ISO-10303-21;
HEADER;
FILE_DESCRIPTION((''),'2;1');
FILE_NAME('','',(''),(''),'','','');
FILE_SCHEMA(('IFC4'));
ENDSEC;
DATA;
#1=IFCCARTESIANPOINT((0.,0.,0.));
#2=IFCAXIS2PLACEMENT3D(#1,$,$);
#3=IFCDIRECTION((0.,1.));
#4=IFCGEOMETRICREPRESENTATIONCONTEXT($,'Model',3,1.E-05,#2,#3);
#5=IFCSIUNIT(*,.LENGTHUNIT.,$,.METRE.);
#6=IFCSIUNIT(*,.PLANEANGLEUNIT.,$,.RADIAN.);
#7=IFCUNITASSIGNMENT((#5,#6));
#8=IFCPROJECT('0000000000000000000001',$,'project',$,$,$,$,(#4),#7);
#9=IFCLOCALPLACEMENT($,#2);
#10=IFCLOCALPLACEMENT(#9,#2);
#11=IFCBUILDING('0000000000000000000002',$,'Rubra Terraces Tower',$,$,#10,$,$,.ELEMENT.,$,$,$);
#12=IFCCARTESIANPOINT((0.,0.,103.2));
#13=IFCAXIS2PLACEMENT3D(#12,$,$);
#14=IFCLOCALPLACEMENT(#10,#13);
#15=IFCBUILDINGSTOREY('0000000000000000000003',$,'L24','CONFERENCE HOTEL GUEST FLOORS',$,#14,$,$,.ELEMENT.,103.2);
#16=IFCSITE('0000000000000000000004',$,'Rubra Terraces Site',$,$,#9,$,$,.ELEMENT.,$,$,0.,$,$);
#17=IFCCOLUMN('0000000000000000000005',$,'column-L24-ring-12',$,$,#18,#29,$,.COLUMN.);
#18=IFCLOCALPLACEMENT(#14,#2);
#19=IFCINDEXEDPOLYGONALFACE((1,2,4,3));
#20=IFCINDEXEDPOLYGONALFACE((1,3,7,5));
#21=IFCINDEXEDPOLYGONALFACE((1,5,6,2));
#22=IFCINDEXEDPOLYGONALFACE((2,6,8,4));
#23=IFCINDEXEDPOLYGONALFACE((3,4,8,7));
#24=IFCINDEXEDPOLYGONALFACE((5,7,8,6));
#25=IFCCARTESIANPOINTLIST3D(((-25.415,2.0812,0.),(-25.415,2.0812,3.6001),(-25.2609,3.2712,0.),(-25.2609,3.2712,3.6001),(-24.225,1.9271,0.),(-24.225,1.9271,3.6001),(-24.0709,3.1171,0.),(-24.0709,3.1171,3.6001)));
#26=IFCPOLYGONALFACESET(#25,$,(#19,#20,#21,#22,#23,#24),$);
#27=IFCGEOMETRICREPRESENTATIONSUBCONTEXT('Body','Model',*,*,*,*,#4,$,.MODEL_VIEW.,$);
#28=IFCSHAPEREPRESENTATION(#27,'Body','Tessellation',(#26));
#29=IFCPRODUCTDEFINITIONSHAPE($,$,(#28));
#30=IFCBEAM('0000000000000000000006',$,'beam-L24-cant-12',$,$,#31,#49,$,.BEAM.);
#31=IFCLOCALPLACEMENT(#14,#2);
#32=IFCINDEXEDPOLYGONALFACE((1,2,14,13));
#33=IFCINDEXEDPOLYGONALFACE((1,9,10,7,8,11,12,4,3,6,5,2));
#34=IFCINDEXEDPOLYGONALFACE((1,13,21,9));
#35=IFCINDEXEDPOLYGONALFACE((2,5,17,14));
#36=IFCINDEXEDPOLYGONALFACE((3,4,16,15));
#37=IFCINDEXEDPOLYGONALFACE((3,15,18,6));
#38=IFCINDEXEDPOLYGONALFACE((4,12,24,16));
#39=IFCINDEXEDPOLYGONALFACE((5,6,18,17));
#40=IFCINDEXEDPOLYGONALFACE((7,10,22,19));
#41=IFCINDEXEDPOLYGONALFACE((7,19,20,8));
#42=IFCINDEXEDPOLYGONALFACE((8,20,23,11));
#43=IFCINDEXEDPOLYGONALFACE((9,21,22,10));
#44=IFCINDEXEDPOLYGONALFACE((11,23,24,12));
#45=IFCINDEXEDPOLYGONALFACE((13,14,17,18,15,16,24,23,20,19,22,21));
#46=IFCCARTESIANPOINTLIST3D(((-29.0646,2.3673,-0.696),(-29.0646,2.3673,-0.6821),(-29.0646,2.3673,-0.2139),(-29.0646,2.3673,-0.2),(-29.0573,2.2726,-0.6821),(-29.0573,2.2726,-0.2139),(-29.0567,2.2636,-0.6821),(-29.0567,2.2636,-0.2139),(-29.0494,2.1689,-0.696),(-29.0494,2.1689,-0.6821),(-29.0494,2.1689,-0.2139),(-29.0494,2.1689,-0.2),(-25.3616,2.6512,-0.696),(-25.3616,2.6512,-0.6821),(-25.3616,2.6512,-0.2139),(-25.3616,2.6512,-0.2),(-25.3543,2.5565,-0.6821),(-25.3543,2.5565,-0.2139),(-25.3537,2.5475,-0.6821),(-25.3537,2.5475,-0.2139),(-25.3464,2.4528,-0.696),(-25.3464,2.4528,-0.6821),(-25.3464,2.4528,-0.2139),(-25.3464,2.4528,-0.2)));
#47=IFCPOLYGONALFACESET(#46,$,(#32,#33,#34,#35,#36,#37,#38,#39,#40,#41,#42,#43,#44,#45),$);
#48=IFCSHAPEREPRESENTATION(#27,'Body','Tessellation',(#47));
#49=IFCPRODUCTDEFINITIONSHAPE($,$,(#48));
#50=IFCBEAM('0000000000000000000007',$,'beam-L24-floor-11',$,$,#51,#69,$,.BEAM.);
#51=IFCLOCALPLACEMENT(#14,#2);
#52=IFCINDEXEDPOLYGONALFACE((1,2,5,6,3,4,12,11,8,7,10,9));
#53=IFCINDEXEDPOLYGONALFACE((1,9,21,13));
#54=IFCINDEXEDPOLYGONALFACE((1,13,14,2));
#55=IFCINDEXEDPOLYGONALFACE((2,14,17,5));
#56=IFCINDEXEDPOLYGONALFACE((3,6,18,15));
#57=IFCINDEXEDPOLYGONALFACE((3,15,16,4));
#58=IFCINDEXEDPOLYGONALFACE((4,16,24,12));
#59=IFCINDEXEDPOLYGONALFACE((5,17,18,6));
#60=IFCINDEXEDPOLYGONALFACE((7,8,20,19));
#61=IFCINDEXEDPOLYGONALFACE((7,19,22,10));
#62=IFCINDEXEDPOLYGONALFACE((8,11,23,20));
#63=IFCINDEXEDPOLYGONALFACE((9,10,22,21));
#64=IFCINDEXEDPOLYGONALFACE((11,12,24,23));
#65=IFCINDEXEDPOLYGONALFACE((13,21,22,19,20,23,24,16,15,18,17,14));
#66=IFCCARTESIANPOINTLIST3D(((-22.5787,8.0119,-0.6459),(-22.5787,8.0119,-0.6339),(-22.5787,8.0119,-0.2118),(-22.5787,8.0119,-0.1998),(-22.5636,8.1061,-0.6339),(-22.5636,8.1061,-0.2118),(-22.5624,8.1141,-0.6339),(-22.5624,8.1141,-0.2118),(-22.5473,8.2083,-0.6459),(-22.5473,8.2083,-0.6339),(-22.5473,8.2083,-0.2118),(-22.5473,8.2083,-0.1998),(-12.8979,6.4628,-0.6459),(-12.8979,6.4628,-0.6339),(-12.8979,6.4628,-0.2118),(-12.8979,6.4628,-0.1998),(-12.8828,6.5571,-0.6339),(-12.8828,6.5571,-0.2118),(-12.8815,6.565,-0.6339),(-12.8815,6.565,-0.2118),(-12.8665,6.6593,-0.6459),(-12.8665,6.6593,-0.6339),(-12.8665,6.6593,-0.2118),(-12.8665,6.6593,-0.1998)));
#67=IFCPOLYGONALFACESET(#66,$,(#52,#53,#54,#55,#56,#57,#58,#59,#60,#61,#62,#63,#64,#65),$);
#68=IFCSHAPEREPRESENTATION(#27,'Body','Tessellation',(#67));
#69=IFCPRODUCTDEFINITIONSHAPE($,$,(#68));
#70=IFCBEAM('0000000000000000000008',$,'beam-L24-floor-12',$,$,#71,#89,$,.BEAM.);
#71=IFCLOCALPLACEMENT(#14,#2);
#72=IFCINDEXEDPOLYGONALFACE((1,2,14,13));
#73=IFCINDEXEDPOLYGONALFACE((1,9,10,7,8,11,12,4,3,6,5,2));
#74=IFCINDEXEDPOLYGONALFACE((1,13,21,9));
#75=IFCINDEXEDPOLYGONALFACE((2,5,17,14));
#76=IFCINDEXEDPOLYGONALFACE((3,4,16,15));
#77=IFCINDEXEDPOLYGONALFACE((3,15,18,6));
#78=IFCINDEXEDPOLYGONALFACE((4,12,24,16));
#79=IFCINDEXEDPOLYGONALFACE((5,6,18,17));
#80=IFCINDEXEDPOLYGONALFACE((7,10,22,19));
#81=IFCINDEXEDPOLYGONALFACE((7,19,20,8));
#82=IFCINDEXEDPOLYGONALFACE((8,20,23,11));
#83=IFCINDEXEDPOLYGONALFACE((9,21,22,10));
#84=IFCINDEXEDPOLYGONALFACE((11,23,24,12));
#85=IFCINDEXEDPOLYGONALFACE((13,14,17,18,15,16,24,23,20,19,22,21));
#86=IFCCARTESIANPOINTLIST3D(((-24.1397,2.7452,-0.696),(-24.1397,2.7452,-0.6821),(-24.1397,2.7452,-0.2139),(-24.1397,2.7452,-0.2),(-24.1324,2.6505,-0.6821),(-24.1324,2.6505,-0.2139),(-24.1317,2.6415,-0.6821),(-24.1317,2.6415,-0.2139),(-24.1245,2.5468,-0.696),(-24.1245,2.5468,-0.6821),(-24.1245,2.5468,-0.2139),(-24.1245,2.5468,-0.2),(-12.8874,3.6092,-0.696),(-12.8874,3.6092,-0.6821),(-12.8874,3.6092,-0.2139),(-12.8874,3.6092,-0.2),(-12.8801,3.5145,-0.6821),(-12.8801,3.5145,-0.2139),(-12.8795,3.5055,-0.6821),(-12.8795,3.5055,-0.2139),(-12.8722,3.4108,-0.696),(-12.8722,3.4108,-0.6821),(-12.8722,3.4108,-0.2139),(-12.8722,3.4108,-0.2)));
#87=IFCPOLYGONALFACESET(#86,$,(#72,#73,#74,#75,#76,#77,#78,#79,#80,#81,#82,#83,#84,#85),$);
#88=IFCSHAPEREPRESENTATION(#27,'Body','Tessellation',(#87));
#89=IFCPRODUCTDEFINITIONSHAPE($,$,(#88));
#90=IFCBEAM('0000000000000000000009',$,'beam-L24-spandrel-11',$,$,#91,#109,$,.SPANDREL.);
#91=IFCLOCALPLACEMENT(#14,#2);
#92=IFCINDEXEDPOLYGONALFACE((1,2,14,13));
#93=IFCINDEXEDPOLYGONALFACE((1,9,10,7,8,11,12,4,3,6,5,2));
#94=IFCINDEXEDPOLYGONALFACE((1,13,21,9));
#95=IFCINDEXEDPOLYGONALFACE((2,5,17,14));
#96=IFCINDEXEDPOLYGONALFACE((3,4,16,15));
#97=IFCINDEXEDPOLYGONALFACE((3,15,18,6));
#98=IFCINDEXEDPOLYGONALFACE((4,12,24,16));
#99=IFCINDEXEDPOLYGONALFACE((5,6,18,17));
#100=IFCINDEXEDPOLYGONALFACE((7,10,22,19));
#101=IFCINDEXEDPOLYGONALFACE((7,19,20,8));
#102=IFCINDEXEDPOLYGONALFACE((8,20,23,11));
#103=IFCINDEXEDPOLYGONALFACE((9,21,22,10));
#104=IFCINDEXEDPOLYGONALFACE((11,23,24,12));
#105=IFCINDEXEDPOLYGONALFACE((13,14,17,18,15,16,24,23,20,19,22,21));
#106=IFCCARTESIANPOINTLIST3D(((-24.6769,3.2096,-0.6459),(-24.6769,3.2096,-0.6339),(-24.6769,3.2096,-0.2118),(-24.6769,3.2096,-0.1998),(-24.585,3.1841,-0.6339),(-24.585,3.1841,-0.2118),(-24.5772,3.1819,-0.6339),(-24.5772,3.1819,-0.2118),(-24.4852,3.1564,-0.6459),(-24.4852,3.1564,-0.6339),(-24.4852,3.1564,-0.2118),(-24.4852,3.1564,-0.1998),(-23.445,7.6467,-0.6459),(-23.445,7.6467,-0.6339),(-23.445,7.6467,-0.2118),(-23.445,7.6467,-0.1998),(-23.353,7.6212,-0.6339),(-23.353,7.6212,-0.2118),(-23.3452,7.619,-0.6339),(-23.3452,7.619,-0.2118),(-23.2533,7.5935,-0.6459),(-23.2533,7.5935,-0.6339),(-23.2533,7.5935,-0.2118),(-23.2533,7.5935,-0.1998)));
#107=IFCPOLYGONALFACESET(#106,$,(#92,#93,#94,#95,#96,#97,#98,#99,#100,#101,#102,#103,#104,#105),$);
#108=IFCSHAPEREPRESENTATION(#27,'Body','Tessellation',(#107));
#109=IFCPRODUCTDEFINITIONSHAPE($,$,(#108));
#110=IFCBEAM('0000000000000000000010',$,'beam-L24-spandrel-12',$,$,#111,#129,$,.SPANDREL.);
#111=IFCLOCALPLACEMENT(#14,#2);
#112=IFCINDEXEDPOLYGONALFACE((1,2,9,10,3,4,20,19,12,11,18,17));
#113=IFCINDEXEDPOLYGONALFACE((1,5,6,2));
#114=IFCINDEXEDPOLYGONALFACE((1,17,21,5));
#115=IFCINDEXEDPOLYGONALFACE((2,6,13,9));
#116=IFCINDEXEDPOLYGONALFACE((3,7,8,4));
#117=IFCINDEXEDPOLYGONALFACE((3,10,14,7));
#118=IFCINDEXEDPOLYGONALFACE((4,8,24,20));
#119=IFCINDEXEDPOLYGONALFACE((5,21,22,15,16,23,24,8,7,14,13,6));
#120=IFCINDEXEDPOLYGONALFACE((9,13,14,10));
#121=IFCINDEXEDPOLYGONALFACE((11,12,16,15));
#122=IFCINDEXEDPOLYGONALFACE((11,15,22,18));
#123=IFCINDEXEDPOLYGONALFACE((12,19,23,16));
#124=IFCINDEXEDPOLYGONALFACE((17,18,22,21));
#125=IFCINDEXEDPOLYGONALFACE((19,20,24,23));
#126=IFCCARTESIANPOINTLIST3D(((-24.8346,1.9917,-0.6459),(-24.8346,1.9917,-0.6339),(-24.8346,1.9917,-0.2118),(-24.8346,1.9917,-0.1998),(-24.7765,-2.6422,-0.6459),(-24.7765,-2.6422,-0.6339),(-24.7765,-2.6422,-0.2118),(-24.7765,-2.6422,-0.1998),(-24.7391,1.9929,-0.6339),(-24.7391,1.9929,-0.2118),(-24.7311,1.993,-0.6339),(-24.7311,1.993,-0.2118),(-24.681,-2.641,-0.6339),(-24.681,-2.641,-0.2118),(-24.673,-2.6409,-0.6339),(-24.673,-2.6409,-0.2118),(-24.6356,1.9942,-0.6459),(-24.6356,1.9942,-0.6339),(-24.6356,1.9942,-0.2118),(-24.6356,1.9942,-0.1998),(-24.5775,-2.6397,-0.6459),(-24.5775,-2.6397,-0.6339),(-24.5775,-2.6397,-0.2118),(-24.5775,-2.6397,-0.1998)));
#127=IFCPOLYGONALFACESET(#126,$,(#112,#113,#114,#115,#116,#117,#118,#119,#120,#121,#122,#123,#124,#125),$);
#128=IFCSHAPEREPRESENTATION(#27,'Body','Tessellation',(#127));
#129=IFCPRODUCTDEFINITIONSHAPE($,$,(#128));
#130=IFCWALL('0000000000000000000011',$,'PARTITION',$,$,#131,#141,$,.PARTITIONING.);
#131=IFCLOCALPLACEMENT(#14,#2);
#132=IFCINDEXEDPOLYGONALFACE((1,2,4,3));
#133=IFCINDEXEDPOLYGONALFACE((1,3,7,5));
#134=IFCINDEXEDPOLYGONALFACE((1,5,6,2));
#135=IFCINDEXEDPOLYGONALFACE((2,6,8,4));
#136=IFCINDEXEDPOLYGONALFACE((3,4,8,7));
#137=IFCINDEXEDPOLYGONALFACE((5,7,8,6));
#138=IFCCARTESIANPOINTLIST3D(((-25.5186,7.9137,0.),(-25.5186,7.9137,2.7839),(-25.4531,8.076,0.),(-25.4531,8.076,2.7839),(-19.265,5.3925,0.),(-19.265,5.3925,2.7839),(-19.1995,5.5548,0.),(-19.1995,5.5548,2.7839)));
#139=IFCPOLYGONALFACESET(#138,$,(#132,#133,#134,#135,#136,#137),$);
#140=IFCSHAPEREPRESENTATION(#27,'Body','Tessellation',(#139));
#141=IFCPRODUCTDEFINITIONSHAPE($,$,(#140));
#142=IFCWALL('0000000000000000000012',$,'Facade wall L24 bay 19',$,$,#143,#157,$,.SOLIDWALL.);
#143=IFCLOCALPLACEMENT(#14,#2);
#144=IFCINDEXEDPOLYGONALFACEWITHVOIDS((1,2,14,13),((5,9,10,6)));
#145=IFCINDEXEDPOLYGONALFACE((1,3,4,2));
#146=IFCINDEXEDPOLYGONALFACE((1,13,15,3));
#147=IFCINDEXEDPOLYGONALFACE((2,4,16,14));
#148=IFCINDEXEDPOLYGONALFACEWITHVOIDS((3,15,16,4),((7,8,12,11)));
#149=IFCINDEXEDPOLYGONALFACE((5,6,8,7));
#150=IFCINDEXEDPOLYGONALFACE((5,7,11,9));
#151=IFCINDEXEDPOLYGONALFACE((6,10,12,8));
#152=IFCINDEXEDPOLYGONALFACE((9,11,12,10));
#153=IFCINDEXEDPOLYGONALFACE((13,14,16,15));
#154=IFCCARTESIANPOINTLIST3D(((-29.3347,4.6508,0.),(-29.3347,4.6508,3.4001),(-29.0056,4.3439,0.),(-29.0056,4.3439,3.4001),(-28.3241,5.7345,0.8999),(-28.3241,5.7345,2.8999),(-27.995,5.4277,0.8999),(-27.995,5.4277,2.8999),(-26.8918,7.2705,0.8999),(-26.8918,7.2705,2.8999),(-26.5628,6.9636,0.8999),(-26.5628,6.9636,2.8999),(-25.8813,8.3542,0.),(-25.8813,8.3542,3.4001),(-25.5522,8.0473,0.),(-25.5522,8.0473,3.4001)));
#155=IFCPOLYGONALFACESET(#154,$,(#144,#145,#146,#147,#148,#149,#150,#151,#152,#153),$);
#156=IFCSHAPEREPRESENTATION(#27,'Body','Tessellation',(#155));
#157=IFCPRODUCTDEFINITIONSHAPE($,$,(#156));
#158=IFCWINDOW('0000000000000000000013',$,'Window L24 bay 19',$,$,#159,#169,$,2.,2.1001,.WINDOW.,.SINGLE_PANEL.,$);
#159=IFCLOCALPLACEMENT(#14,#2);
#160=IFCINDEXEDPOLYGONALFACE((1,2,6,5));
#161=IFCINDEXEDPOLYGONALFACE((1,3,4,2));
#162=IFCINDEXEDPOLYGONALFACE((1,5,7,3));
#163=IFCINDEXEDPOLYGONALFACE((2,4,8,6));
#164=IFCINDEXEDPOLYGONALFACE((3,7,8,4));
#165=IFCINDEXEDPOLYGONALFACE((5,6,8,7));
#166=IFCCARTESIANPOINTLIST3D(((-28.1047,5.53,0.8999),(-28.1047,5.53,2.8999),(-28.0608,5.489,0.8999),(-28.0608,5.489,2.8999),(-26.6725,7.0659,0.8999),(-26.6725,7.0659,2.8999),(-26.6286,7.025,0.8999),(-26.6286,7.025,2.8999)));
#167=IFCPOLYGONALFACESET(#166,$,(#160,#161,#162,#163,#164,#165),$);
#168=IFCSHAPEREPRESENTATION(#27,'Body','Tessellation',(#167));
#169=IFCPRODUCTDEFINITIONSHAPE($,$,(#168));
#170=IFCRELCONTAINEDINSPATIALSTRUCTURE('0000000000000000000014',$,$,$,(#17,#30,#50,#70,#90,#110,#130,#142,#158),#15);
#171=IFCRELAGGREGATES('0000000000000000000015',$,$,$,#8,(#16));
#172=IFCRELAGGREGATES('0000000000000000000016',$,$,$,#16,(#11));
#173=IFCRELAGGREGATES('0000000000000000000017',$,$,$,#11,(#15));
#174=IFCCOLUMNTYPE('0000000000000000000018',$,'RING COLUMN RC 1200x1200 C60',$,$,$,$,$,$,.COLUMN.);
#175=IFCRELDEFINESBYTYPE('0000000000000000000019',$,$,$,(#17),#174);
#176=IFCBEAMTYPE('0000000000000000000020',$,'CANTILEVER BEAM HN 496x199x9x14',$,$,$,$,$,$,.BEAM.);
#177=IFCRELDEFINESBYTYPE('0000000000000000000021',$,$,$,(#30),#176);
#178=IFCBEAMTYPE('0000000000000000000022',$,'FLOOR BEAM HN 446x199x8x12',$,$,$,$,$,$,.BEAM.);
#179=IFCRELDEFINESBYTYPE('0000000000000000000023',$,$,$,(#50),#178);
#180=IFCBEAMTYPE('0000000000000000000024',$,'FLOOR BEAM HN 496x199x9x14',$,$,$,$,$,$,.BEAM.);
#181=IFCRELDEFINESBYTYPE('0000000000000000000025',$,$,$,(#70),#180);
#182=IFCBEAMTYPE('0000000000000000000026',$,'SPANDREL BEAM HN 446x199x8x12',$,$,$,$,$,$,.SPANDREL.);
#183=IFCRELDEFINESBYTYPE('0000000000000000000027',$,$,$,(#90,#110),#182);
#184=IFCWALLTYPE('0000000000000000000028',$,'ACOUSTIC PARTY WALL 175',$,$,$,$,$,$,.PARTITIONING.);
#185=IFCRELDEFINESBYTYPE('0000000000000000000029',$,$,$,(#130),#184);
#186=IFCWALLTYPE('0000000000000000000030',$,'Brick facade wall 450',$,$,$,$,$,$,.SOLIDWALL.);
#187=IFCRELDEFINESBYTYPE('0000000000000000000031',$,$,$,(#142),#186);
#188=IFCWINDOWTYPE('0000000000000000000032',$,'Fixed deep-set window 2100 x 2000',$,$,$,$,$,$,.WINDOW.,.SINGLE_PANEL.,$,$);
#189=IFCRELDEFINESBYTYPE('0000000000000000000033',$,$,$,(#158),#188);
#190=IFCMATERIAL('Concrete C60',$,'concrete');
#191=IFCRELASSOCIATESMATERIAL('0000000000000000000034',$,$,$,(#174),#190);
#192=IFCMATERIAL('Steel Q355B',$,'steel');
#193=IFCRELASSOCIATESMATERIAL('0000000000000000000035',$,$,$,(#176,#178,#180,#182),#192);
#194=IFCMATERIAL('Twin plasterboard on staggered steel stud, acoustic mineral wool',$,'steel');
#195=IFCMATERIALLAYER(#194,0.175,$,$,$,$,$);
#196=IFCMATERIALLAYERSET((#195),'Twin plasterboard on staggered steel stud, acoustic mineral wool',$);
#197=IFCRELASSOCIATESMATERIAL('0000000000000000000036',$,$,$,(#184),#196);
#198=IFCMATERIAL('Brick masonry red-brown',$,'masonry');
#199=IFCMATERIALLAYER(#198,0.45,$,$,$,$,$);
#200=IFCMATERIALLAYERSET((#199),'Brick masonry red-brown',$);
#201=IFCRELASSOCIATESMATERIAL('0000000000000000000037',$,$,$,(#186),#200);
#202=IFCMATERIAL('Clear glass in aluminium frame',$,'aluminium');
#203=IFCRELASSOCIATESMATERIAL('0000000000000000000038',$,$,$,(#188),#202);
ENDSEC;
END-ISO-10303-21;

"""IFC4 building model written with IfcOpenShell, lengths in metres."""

from ifc_helpers import new_model, si_unit, direction, frame, frame_2d, origin, origin_2d, place, context, subcontext, project, spatial, rectangle, i_section, extrude, material, layer, layer_set, material_profile, profile_set, type_object, element, fill, save


model = new_model("IFC4")

# Units and contexts
model_context = context("Model", 3, precision=1e-05, world=origin(), true_north=direction((0.0, 1.0)))
body_context = subcontext(model_context, "Body", "Model", "MODEL_VIEW")
ifc_project = project(units=[si_unit("LENGTHUNIT", "METRE"), si_unit("PLANEANGLEUNIT", "RADIAN")], contexts=[model_context])

# Site, building, storey
site_placement = place(None, origin())
site = spatial("IfcSite", under=ifc_project, at=site_placement, Name="Rubra Terraces Site", CompositionType="ELEMENT", RefElevation=0.0)
building_placement = place(site_placement, origin())
building = spatial("IfcBuilding", under=site, at=building_placement, Name="Rubra Terraces Tower", CompositionType="ELEMENT")
storey_placement = place(building_placement, frame((0.0, 0.0, 103.2)))
storey = spatial("IfcBuildingStorey", under=building, at=storey_placement, Name="L24", Description="CONFERENCE HOTEL GUEST FLOORS", CompositionType="ELEMENT", Elevation=103.2)

# Column
ifc_material_1 = material(Name="Concrete C60", Category="concrete")
ifc_material_profile_1 = material_profile(ifc_material_1, rectangle(XDim=1.2, YDim=1.2, at=origin_2d()), Name="RC 1200x1200")
ifc_profile_set_1 = profile_set([ifc_material_profile_1], Name="Concrete C60")
column_type = type_object("IfcColumnType", Name="RING COLUMN RC 1200x1200 C60", PredefinedType="COLUMN", material=ifc_profile_set_1)
column_placement = place(storey_placement, frame((-24.7429, 2.5991, 0.0), z_axis=(0.0, 0.0, 1.0), x_axis=(-0.128444, -0.991717, 0.0)))
element("IfcColumn", 1, at=column_placement, inside=storey, type_object=column_type, Name="column-L24-ring-12", PredefinedType="COLUMN", context=body_context, shape_type="SweptSolid", body=[
    extrude(rectangle(XDim=1.2, YDim=1.2, at=origin_2d()), origin(), (0.0, 0.0, 1.0), 3.6001),
])

# Beams
ifc_material_2 = material(Name="Steel Q355B", Category="steel")
ifc_material_profile_2 = material_profile(ifc_material_2, i_section(OverallWidth=0.199, OverallDepth=0.4961, WebThickness=0.009, FlangeThickness=0.0139, at=origin_2d()), Name="HN 496x199x9x14")
ifc_profile_set_2 = profile_set([ifc_material_profile_2], Name="Steel Q355B")
beam_type_1 = type_object("IfcBeamType", Name="CANTILEVER BEAM HN 496x199x9x14", PredefinedType="BEAM", material=ifc_profile_set_2)
beam_1_placement = place(storey_placement, frame((-25.354, 2.552, -0.448), z_axis=(-0.997073, -0.076455, 0.0), x_axis=(0.076455, -0.997073, 0.0)))
element("IfcBeam", 2, at=beam_1_placement, inside=storey, type_object=beam_type_1, Name="beam-L24-cant-12", PredefinedType="BEAM", context=body_context, shape_type="SweptSolid", body=[
    extrude(i_section(OverallWidth=0.199, OverallDepth=0.4961, WebThickness=0.009, FlangeThickness=0.0139, at=origin_2d()), origin(), (0.0, 0.0, 1.0), 3.7139),
])
ifc_material_profile_3 = material_profile(ifc_material_2, i_section(OverallWidth=0.199, OverallDepth=0.446, WebThickness=0.0081, FlangeThickness=0.012, at=origin_2d()), Name="HN 446x199x8x12")
ifc_profile_set_3 = profile_set([ifc_material_profile_3], Name="Steel Q355B")
beam_type_2 = type_object("IfcBeamType", Name="FLOOR BEAM HN 446x199x8x12", PredefinedType="BEAM", material=ifc_profile_set_3)
beam_2_placement = place(storey_placement, frame((-22.563, 8.1101, -0.4229), z_axis=(0.987439, -0.158003, 0.0), x_axis=(0.158003, 0.987439, 0.0)))
element("IfcBeam", 3, at=beam_2_placement, inside=storey, type_object=beam_type_2, Name="beam-L24-floor-11", PredefinedType="BEAM", context=body_context, shape_type="SweptSolid", body=[
    extrude(i_section(OverallWidth=0.199, OverallDepth=0.446, WebThickness=0.0081, FlangeThickness=0.012, at=origin_2d()), origin(), (0.0, 0.0, 1.0), 9.804),
])
ifc_material_profile_4 = material_profile(ifc_material_2, i_section(OverallWidth=0.199, OverallDepth=0.4961, WebThickness=0.009, FlangeThickness=0.0139, at=origin_2d()), Name="HN 496x199x9x14")
ifc_profile_set_4 = profile_set([ifc_material_profile_4], Name="Steel Q355B")
beam_type_3 = type_object("IfcBeamType", Name="FLOOR BEAM HN 496x199x9x14", PredefinedType="BEAM", material=ifc_profile_set_4)
beam_3_placement = place(storey_placement, frame((-24.1321, 2.646, -0.448), z_axis=(0.997065, 0.076561, 0.0), x_axis=(-0.076561, 0.997065, 0.0)))
element("IfcBeam", 4, at=beam_3_placement, inside=storey, type_object=beam_type_3, Name="beam-L24-floor-12", PredefinedType="BEAM", context=body_context, shape_type="SweptSolid", body=[
    extrude(i_section(OverallWidth=0.199, OverallDepth=0.4961, WebThickness=0.009, FlangeThickness=0.0139, at=origin_2d()), origin(), (0.0, 0.0, 1.0), 11.2854),
])
ifc_material_profile_5 = material_profile(ifc_material_2, i_section(OverallWidth=0.199, OverallDepth=0.446, WebThickness=0.0081, FlangeThickness=0.012, at=origin_2d()), Name="HN 446x199x8x12")
ifc_profile_set_5 = profile_set([ifc_material_profile_5], Name="Steel Q355B")
beam_type_4 = type_object("IfcBeamType", Name="SPANDREL BEAM HN 446x199x8x12", PredefinedType="SPANDREL", material=ifc_profile_set_5)
beam_4_placement = place(storey_placement, frame((-23.3491, 7.6201, -0.4229), z_axis=(-0.267529, -0.96355, 0.0), x_axis=(0.96355, -0.267529, 0.0)))
element("IfcBeam", 5, at=beam_4_placement, inside=storey, type_object=beam_type_4, Name="beam-L24-spandrel-11", PredefinedType="SPANDREL", context=body_context, shape_type="SweptSolid", body=[
    extrude(i_section(OverallWidth=0.199, OverallDepth=0.446, WebThickness=0.0081, FlangeThickness=0.012, at=origin_2d()), origin(), (0.0, 0.0, 1.0), 4.605),
])
beam_5_placement = place(storey_placement, frame((-24.7351, 1.9929, -0.4229), z_axis=(0.012538, -0.999921, 0.0), x_axis=(0.999921, 0.012538, 0.0)))
element("IfcBeam", 6, at=beam_5_placement, inside=storey, type_object=beam_type_4, Name="beam-L24-spandrel-12", PredefinedType="SPANDREL", context=body_context, shape_type="SweptSolid", body=[
    extrude(i_section(OverallWidth=0.199, OverallDepth=0.446, WebThickness=0.0081, FlangeThickness=0.012, at=origin_2d()), origin(), (0.0, 0.0, 1.0), 4.6343),
])

# Wall
ifc_material_3 = material(Name="Twin plasterboard on staggered steel stud, acoustic mineral wool", Category="steel")
ifc_layer_1 = layer(ifc_material_3, 0.175)
ifc_layer_set_1 = layer_set([ifc_layer_1], Name="Twin plasterboard on staggered steel stud, acoustic mineral wool")
wall_type_1 = type_object("IfcWallType", Name="ACOUSTIC PARTY WALL 175", PredefinedType="PARTITIONING", material=ifc_layer_set_1)
wall_1_placement = place(storey_placement, frame((-25.4858, 7.9949, 0.0), z_axis=(0.0, 0.0, 1.0), x_axis=(0.927462, -0.373918, 0.0)))
element("IfcWall", 7, at=wall_1_placement, inside=storey, type_object=wall_type_1, Name="PARTITION", PredefinedType="PARTITIONING", context=body_context, shape_type="SweptSolid", body=[
    extrude(rectangle(XDim=6.7427, YDim=0.175, at=frame_2d((3.3713, 0.0))), origin(), (0.0, 0.0, 1.0), 2.7839),
])

# Wall, opening, window
ifc_material_4 = material(Name="Brick masonry red-brown", Category="masonry")
ifc_layer_2 = layer(ifc_material_4, 0.45)
ifc_layer_set_2 = layer_set([ifc_layer_2], Name="Brick masonry red-brown")
wall_type_2 = type_object("IfcWallType", Name="Brick facade wall 450", PredefinedType="SOLIDWALL", material=ifc_layer_set_2)
wall_2_placement = place(storey_placement, frame((-25.7168, 8.2007, 0.0), z_axis=(0.0, 0.0, 1.0), x_axis=(-0.68199, -0.731361, 0.0)))
wall_2 = element("IfcWall", 8, at=wall_2_placement, inside=storey, type_object=wall_type_2, Name="Facade wall L24 bay 19", PredefinedType="SOLIDWALL", context=body_context, shape_type="SweptSolid", body=[
    extrude(rectangle(XDim=5.0637, YDim=0.45, at=frame_2d((2.5317, 0.0))), origin(), (0.0, 0.0, 1.0), 3.4001),
])
opening_1_placement = place(wall_2_placement, frame((1.4817, 0.0, 0.8999)))
opening_1 = element("IfcOpeningElement", 9, at=opening_1_placement, cuts=wall_2, PredefinedType="OPENING", context=body_context, shape_type="SweptSolid", body=[
    extrude(rectangle(XDim=2.1001, YDim=2.0, at=frame_2d((1.05, 1.0))), frame((0.0, 0.2349, 0.0), z_axis=(0.0, -1.0, 0.0), x_axis=(1.0, 0.0, 0.0)), (0.0, 0.0, 1.0), 0.47),
])
ifc_material_5 = material(Name="Clear glass in aluminium frame", Category="aluminium")
window_type = type_object("IfcWindowType", Name="Fixed deep-set window 2100 x 2000", PartitioningType="SINGLE_PANEL", PredefinedType="WINDOW", material=ifc_material_5)
window_1_placement = place(opening_1_placement, origin())
window_1 = element("IfcWindow", 10, at=window_1_placement, inside=storey, type_object=window_type, Name="Window L24 bay 19", OverallHeight=2.0, OverallWidth=2.1001, PartitioningType="SINGLE_PANEL", PredefinedType="WINDOW", context=body_context, shape_type="SweptSolid", body=[
    extrude(rectangle(XDim=2.1001, YDim=2.0, at=frame_2d((1.05, 1.0))), frame((0.0, 0.135, 0.0), z_axis=(0.0, -1.0, 0.0), x_axis=(1.0, 0.0, 0.0)), (0.0, 0.0, 1.0), 0.0601),
])
fill(opening_1, window_1)

save(model, "model.ifc")
